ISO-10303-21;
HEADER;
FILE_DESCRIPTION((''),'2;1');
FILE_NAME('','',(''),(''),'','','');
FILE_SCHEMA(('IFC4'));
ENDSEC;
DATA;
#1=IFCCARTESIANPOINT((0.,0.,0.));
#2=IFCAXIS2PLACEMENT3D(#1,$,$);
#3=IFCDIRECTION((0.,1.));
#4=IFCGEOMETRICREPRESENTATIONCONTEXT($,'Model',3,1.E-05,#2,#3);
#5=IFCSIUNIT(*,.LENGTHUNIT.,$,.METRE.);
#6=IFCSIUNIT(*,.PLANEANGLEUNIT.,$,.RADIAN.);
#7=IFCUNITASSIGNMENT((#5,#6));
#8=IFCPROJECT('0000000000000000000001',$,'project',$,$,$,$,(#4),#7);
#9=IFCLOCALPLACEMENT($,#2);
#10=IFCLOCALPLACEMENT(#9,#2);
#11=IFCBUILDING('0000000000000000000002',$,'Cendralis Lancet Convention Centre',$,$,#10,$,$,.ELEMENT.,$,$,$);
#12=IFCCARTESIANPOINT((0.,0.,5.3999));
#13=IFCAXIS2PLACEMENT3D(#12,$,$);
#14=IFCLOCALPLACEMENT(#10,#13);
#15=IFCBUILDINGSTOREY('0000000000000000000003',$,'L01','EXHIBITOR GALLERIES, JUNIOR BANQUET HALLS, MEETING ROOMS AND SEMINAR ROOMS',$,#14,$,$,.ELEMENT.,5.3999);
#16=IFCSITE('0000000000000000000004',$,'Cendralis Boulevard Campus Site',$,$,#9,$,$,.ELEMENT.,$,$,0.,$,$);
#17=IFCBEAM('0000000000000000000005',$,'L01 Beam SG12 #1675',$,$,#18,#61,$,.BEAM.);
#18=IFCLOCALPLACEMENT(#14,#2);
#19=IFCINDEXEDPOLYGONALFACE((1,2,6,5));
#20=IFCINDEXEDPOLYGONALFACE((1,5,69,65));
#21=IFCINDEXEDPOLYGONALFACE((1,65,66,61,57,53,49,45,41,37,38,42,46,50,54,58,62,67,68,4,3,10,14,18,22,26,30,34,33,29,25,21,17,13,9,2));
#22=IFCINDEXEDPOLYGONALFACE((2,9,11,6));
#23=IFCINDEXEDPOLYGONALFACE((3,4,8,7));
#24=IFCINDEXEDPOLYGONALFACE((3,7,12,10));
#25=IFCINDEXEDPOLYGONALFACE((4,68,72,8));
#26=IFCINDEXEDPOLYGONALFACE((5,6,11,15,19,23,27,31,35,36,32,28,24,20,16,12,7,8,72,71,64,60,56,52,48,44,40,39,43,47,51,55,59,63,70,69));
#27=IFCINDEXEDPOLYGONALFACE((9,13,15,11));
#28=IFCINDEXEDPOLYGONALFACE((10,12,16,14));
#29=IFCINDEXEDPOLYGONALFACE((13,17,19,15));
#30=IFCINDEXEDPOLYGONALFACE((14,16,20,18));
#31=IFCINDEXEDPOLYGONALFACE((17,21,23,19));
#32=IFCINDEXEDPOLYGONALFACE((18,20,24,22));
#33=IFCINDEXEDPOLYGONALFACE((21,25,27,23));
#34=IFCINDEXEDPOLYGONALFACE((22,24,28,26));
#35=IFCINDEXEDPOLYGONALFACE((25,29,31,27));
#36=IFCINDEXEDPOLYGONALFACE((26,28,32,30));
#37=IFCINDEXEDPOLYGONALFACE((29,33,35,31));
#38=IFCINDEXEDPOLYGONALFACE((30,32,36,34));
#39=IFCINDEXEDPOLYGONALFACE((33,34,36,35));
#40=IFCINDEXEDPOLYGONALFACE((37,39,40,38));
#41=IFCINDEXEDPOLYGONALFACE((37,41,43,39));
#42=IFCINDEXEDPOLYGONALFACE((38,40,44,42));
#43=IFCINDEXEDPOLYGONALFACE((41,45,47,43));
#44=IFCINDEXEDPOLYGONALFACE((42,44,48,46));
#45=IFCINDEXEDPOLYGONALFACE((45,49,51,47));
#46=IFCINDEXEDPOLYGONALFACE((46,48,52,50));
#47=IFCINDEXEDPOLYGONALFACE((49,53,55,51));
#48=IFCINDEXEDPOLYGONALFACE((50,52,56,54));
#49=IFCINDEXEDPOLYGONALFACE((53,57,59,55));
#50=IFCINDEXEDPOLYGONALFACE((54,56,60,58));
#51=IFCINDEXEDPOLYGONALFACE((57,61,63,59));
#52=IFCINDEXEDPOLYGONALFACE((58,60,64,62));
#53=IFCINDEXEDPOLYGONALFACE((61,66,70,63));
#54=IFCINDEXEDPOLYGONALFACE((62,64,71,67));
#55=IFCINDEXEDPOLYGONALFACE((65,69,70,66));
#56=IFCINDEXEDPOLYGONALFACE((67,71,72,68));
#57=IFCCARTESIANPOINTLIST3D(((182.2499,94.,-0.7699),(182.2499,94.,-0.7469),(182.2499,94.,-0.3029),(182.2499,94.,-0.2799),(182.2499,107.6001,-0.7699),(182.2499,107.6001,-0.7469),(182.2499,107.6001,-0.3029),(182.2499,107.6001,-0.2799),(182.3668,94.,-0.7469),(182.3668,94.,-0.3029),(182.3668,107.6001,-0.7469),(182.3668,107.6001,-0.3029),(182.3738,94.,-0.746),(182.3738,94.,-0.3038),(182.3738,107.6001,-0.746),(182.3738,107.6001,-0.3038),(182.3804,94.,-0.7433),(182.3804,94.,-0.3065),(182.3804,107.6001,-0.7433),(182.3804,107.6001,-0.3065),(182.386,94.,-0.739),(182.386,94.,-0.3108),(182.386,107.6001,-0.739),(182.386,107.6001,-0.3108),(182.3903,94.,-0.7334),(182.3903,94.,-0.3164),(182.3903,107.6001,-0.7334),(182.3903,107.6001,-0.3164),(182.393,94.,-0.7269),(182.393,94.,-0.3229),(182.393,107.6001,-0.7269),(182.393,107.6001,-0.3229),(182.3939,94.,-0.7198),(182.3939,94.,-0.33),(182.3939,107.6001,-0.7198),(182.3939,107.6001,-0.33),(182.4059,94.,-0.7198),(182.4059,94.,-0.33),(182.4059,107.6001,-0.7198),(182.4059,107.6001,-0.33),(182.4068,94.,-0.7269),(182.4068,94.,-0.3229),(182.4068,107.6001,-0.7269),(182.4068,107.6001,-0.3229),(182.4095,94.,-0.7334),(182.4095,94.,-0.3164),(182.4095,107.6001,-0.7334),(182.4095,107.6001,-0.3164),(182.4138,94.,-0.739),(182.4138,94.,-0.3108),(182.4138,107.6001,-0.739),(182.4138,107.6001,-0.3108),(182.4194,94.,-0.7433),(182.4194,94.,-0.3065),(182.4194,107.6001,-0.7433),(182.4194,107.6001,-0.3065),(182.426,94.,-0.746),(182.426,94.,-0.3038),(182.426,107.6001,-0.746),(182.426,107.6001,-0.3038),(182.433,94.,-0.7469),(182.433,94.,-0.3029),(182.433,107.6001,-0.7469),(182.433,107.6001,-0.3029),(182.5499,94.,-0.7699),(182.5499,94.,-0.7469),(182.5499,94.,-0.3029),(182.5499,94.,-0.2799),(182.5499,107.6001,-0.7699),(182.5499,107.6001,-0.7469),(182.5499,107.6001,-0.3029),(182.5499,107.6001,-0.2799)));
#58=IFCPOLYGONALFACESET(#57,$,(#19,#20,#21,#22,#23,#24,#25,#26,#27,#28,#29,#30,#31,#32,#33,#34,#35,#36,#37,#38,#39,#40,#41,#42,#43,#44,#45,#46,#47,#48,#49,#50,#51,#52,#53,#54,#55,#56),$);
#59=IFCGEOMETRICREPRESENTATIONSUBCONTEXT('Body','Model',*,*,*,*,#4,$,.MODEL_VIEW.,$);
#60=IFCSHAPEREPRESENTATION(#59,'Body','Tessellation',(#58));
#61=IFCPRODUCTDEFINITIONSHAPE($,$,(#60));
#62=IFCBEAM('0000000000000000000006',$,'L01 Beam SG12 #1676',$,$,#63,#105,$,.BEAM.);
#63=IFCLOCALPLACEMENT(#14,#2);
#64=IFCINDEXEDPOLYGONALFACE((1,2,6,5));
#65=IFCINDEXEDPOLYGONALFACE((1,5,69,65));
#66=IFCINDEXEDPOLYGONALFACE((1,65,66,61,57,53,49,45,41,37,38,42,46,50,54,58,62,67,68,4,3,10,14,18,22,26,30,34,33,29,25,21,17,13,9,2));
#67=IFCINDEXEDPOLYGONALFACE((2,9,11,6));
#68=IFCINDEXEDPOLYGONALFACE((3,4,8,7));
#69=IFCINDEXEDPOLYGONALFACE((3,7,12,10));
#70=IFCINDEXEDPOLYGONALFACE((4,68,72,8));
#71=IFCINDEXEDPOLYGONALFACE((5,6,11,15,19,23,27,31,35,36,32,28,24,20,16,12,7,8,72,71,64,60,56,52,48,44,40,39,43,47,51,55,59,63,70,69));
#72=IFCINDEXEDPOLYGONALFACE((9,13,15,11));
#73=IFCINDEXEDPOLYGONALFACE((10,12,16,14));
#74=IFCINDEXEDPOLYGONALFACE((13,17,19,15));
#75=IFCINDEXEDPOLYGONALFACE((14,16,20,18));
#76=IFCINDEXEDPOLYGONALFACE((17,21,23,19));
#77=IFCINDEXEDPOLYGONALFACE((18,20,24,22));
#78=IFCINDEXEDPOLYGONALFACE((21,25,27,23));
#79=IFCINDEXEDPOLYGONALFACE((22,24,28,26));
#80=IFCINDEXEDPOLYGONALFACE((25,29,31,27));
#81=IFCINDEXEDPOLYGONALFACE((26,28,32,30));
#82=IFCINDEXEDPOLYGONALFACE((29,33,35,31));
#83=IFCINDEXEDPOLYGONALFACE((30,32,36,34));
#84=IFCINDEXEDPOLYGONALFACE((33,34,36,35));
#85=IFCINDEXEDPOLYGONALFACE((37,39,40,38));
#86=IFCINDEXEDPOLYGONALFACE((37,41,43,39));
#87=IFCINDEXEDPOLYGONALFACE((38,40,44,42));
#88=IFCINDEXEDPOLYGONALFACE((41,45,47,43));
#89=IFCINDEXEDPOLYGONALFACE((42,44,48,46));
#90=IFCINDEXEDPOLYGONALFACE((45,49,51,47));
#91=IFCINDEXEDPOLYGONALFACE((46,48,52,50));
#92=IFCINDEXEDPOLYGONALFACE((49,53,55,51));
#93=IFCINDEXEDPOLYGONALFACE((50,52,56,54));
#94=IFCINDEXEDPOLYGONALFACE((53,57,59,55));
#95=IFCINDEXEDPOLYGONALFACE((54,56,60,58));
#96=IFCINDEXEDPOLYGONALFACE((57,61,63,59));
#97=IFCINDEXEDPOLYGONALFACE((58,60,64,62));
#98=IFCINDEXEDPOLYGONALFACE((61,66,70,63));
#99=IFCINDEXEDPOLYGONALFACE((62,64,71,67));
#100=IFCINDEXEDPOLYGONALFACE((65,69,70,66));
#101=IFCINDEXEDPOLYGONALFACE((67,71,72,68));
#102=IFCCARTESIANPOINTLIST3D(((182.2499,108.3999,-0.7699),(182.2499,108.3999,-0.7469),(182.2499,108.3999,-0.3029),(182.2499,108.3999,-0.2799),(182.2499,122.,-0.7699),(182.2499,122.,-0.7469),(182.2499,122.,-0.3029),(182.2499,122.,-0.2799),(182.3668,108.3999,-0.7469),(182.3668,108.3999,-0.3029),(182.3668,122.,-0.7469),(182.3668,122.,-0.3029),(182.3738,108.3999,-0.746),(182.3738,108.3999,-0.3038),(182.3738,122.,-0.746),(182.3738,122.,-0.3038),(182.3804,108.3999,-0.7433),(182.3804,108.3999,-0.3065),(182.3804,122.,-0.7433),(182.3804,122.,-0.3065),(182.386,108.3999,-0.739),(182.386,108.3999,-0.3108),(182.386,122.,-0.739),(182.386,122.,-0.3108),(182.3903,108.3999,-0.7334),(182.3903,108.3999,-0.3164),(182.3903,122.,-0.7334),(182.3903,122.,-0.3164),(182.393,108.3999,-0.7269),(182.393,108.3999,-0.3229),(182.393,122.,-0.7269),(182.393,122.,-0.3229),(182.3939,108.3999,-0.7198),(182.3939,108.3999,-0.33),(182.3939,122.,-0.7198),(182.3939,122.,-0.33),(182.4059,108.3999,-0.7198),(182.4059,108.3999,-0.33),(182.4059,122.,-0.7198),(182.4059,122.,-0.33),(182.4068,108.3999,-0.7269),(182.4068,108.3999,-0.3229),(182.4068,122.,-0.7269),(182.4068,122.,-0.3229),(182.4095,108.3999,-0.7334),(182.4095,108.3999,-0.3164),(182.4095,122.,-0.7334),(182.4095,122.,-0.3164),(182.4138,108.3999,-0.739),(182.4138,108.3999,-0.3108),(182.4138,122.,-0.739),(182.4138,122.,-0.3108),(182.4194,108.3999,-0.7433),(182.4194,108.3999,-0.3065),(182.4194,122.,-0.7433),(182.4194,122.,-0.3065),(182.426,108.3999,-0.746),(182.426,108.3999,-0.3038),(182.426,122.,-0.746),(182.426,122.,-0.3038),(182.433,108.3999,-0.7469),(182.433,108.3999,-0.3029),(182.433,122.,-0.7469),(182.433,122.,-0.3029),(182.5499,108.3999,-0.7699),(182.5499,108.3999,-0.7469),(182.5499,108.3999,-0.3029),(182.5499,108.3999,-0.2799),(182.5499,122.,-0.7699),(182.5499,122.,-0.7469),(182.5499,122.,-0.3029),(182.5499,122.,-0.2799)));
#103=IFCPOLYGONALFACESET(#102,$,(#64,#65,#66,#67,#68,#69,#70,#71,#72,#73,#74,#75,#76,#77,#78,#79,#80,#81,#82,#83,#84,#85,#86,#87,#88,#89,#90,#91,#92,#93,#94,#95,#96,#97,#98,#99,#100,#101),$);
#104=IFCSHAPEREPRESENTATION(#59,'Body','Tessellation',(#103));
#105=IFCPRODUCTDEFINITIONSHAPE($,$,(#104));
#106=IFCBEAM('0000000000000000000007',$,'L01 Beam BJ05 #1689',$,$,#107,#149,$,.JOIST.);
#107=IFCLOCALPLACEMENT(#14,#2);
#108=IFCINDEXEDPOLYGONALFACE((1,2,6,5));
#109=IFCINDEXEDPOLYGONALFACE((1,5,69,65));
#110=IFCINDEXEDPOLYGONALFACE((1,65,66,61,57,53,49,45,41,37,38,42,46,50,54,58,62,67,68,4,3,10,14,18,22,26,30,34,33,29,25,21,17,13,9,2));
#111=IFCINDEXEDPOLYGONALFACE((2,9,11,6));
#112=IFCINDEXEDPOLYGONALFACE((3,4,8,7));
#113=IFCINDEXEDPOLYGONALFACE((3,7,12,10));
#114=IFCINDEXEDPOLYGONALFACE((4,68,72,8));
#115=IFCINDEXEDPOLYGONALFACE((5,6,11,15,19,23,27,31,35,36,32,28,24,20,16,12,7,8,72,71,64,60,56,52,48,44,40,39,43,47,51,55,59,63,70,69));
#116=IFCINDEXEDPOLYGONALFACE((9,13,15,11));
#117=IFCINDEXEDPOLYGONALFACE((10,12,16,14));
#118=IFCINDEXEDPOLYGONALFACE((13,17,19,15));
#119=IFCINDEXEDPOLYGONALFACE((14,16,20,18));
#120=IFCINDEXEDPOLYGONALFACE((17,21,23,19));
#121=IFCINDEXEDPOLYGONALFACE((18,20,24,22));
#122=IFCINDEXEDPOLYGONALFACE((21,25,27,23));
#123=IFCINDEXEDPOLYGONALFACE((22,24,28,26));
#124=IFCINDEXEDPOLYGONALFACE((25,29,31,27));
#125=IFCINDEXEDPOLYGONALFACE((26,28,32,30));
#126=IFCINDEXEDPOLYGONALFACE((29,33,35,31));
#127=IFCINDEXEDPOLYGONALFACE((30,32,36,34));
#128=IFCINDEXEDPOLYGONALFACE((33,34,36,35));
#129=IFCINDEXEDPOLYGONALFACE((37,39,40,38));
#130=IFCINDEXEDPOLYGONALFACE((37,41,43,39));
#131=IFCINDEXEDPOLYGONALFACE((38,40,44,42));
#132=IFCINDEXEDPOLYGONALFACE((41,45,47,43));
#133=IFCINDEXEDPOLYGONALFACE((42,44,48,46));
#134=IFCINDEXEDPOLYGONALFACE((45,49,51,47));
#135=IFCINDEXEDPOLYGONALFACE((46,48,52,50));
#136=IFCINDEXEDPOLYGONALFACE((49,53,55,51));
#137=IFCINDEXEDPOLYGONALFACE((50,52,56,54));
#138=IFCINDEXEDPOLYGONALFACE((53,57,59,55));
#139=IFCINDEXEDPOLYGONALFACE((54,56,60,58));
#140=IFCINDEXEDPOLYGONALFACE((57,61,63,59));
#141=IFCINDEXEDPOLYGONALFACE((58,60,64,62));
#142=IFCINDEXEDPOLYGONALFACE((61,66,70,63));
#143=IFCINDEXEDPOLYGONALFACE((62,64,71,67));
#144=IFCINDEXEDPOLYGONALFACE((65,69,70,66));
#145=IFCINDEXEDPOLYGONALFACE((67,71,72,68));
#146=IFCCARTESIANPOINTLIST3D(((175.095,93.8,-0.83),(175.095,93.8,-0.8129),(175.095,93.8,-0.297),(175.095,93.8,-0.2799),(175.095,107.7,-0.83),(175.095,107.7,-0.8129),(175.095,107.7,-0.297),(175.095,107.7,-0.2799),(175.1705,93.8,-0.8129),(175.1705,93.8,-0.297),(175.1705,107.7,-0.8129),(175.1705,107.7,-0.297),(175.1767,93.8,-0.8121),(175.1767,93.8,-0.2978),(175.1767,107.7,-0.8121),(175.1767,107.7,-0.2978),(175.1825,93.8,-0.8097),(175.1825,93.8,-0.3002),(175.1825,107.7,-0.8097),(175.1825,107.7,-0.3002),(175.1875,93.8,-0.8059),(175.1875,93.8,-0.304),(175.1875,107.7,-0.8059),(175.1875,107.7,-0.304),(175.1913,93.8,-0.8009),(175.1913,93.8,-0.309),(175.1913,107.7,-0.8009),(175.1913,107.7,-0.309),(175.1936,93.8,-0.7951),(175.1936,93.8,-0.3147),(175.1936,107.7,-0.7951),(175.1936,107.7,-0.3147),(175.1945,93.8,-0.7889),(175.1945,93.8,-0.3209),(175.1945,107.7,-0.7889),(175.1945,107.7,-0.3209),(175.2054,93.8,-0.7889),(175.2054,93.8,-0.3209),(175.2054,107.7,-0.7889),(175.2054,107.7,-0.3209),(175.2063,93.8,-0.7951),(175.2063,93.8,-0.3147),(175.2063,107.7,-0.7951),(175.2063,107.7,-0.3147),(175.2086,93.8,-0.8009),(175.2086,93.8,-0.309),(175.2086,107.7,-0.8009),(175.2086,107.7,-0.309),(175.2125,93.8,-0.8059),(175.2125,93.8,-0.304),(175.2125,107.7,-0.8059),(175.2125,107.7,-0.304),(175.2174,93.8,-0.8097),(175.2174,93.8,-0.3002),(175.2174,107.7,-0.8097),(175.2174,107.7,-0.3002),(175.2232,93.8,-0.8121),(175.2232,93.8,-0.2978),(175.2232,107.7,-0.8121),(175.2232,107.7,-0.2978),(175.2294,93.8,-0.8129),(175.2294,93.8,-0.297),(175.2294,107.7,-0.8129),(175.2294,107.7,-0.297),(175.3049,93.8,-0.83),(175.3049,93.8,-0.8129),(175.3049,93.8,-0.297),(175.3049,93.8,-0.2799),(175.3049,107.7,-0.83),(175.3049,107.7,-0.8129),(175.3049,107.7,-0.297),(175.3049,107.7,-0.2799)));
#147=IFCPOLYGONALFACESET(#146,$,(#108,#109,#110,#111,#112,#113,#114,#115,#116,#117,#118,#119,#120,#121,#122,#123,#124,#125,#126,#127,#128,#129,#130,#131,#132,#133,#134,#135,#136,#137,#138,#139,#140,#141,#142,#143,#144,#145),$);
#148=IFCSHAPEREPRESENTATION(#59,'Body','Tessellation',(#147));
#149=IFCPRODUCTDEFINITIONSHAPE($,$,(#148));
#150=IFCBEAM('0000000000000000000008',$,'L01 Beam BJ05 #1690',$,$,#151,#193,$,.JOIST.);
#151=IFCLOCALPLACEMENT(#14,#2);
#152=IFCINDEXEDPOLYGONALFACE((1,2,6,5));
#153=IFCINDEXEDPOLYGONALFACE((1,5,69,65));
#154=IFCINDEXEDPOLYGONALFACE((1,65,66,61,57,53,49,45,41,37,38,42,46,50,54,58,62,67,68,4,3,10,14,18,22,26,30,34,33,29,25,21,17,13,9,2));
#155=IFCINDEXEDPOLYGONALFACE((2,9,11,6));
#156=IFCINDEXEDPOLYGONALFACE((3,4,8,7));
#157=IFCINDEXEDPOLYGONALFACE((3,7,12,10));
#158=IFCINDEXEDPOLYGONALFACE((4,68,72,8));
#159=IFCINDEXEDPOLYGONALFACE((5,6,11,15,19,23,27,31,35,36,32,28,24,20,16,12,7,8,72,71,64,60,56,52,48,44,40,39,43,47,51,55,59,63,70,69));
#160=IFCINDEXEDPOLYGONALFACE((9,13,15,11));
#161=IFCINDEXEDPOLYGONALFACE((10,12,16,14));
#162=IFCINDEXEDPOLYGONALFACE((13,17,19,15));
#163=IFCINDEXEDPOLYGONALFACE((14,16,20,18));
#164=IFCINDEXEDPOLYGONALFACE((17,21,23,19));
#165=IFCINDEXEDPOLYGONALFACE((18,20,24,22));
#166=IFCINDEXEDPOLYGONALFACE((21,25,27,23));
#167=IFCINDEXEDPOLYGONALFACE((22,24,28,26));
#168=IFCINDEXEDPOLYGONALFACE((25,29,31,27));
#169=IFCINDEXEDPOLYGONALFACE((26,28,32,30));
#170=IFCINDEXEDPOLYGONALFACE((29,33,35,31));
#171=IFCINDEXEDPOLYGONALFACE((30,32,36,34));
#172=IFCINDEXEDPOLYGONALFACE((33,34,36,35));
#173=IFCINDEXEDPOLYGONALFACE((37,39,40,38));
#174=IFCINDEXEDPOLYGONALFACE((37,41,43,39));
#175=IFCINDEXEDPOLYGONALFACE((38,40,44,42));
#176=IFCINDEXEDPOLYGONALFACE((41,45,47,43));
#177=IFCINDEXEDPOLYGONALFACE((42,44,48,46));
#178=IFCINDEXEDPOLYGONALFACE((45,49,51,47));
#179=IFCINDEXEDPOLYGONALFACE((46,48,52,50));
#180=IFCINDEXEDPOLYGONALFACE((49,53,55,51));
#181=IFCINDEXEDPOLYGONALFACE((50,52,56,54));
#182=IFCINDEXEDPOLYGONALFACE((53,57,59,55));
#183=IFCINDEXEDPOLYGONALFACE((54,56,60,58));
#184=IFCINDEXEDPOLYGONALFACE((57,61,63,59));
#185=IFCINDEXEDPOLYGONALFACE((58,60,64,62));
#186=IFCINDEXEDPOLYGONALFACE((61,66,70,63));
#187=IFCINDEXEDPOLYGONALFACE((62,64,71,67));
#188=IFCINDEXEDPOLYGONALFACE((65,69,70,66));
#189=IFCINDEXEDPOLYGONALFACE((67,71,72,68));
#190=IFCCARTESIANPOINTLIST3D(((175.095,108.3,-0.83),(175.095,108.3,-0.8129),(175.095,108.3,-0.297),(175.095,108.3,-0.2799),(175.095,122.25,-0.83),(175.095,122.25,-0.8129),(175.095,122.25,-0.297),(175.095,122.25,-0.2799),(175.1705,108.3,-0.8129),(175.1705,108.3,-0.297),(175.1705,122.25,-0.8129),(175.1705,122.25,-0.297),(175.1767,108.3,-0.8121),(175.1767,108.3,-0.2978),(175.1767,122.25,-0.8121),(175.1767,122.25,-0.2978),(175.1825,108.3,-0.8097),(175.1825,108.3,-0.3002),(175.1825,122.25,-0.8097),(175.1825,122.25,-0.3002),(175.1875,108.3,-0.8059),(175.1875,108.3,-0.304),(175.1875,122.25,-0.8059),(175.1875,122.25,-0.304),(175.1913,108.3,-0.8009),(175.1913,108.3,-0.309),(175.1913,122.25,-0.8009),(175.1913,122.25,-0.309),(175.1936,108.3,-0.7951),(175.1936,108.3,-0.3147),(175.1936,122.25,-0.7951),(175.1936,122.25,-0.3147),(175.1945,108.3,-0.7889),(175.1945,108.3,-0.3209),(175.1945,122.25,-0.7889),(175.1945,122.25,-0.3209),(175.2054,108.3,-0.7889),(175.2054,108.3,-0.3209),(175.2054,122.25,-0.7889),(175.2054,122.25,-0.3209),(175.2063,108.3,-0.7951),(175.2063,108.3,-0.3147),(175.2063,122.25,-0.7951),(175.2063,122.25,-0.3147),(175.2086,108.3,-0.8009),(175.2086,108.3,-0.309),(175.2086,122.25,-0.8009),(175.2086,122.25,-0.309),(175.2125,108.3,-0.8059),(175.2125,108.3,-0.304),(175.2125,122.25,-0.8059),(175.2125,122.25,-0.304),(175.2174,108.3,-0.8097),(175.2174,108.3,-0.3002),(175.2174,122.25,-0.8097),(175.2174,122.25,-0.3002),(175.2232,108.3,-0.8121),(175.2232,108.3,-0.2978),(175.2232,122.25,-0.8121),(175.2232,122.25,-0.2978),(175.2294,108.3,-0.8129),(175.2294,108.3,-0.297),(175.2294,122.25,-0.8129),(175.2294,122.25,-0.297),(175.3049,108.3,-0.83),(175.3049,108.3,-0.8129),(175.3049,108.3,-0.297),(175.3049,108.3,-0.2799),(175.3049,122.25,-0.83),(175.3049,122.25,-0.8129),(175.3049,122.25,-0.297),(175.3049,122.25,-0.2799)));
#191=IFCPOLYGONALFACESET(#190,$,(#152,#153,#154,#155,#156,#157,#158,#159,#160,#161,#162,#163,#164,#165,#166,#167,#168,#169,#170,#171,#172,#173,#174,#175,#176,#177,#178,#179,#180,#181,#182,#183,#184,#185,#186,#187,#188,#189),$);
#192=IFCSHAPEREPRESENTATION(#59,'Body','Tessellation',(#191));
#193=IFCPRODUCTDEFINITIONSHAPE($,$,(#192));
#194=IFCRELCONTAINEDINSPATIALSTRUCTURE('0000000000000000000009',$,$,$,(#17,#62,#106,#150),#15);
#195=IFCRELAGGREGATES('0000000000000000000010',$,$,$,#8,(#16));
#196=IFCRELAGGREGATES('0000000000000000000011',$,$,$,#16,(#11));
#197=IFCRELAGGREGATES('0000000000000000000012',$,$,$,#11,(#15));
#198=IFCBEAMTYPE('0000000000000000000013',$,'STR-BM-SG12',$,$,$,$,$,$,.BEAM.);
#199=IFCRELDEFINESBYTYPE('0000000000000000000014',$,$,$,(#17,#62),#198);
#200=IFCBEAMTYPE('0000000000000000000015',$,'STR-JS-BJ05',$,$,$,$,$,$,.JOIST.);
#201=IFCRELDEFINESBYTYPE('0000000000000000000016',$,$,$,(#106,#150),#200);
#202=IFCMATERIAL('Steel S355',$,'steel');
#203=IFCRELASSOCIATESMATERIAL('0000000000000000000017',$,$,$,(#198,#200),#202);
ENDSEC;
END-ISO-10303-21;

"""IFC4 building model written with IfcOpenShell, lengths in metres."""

from ifc_helpers import new_model, si_unit, direction, frame, origin, origin_2d, place, context, subcontext, project, spatial, i_section, extrude, material, material_profile, profile_set, type_object, element, save


model = new_model("IFC4")

# Units and contexts
model_context = context("Model", 3, precision=1e-05, world=origin(), true_north=direction((0.0, 1.0)))
body_context = subcontext(model_context, "Body", "Model", "MODEL_VIEW")
ifc_project = project(units=[si_unit("LENGTHUNIT", "METRE"), si_unit("PLANEANGLEUNIT", "RADIAN")], contexts=[model_context])

# Site, building, storey
site_placement = place(None, origin())
site = spatial("IfcSite", under=ifc_project, at=site_placement, Name="Cendralis Boulevard Campus Site", CompositionType="ELEMENT", RefElevation=0.0)
building_placement = place(site_placement, origin())
building = spatial("IfcBuilding", under=site, at=building_placement, Name="Cendralis Lancet Convention Centre", CompositionType="ELEMENT")
storey_placement = place(building_placement, frame((0.0, 0.0, 5.3999)))
storey = spatial("IfcBuildingStorey", under=building, at=storey_placement, Name="L01", Description="EXHIBITOR GALLERIES, JUNIOR BANQUET HALLS, MEETING ROOMS AND SEMINAR ROOMS", CompositionType="ELEMENT", Elevation=5.3999)

# Shared definitions
ifc_material_1 = material(Name="Steel S355", Category="steel")

# Beams
ifc_material_profile_1 = material_profile(ifc_material_1, i_section(OverallWidth=0.3, OverallDepth=0.49, WebThickness=0.012, FlangeThickness=0.0229, FilletRadius=0.0271, at=origin_2d()), Name="HEA 500")
ifc_profile_set_1 = profile_set([ifc_material_profile_1], Name="Steel S355")
beam_type_1 = type_object("IfcBeamType", Name="STR-BM-SG12", PredefinedType="BEAM", material=ifc_profile_set_1)
for number, where, z_axis, x_axis, name in (
    (1, (182.3999, 94.0, -0.5249), (0.0, 1.0, 0.0), (-1.0, 0.0, 0.0), "L01 Beam SG12 #1675"),
    (2, (182.3999, 108.3999, -0.5249), (0.0, 1.0, 0.0), (-1.0, 0.0, 0.0), "L01 Beam SG12 #1676"),
):
    element("IfcBeam", number, at=place(storey_placement, frame(where, z_axis=z_axis, x_axis=x_axis)), inside=storey, type_object=beam_type_1, Name=name, PredefinedType="BEAM", context=body_context, shape_type="SweptSolid", body=[
        extrude(i_section(OverallWidth=0.3, OverallDepth=0.49, WebThickness=0.012, FlangeThickness=0.0229, FilletRadius=0.0271, at=origin_2d()), origin(), (0.0, 0.0, 1.0), 13.6001),
    ])
ifc_material_profile_2 = material_profile(ifc_material_1, i_section(OverallWidth=0.21, OverallDepth=0.55, WebThickness=0.011, FlangeThickness=0.0171, FilletRadius=0.0239, at=origin_2d()), Name="IPE 550")
ifc_profile_set_2 = profile_set([ifc_material_profile_2], Name="Steel S355")
beam_type_2 = type_object("IfcBeamType", Name="STR-JS-BJ05", PredefinedType="JOIST", material=ifc_profile_set_2)
beam_1_placement = place(storey_placement, frame((175.2, 93.8, -0.5549), z_axis=(0.0, 1.0, 0.0), x_axis=(-1.0, 0.0, 0.0)))
element("IfcBeam", 3, at=beam_1_placement, inside=storey, type_object=beam_type_2, Name="L01 Beam BJ05 #1689", PredefinedType="JOIST", context=body_context, shape_type="SweptSolid", body=[
    extrude(i_section(OverallWidth=0.21, OverallDepth=0.55, WebThickness=0.011, FlangeThickness=0.0171, FilletRadius=0.0239, at=origin_2d()), origin(), (0.0, 0.0, 1.0), 13.8999),
])
beam_2_placement = place(storey_placement, frame((175.2, 108.3, -0.5549), z_axis=(0.0, 1.0, 0.0), x_axis=(-1.0, 0.0, 0.0)))
element("IfcBeam", 4, at=beam_2_placement, inside=storey, type_object=beam_type_2, Name="L01 Beam BJ05 #1690", PredefinedType="JOIST", context=body_context, shape_type="SweptSolid", body=[
    extrude(i_section(OverallWidth=0.21, OverallDepth=0.55, WebThickness=0.011, FlangeThickness=0.0171, FilletRadius=0.0239, at=origin_2d()), origin(), (0.0, 0.0, 1.0), 13.95),
])

save(model, "model.ifc")
